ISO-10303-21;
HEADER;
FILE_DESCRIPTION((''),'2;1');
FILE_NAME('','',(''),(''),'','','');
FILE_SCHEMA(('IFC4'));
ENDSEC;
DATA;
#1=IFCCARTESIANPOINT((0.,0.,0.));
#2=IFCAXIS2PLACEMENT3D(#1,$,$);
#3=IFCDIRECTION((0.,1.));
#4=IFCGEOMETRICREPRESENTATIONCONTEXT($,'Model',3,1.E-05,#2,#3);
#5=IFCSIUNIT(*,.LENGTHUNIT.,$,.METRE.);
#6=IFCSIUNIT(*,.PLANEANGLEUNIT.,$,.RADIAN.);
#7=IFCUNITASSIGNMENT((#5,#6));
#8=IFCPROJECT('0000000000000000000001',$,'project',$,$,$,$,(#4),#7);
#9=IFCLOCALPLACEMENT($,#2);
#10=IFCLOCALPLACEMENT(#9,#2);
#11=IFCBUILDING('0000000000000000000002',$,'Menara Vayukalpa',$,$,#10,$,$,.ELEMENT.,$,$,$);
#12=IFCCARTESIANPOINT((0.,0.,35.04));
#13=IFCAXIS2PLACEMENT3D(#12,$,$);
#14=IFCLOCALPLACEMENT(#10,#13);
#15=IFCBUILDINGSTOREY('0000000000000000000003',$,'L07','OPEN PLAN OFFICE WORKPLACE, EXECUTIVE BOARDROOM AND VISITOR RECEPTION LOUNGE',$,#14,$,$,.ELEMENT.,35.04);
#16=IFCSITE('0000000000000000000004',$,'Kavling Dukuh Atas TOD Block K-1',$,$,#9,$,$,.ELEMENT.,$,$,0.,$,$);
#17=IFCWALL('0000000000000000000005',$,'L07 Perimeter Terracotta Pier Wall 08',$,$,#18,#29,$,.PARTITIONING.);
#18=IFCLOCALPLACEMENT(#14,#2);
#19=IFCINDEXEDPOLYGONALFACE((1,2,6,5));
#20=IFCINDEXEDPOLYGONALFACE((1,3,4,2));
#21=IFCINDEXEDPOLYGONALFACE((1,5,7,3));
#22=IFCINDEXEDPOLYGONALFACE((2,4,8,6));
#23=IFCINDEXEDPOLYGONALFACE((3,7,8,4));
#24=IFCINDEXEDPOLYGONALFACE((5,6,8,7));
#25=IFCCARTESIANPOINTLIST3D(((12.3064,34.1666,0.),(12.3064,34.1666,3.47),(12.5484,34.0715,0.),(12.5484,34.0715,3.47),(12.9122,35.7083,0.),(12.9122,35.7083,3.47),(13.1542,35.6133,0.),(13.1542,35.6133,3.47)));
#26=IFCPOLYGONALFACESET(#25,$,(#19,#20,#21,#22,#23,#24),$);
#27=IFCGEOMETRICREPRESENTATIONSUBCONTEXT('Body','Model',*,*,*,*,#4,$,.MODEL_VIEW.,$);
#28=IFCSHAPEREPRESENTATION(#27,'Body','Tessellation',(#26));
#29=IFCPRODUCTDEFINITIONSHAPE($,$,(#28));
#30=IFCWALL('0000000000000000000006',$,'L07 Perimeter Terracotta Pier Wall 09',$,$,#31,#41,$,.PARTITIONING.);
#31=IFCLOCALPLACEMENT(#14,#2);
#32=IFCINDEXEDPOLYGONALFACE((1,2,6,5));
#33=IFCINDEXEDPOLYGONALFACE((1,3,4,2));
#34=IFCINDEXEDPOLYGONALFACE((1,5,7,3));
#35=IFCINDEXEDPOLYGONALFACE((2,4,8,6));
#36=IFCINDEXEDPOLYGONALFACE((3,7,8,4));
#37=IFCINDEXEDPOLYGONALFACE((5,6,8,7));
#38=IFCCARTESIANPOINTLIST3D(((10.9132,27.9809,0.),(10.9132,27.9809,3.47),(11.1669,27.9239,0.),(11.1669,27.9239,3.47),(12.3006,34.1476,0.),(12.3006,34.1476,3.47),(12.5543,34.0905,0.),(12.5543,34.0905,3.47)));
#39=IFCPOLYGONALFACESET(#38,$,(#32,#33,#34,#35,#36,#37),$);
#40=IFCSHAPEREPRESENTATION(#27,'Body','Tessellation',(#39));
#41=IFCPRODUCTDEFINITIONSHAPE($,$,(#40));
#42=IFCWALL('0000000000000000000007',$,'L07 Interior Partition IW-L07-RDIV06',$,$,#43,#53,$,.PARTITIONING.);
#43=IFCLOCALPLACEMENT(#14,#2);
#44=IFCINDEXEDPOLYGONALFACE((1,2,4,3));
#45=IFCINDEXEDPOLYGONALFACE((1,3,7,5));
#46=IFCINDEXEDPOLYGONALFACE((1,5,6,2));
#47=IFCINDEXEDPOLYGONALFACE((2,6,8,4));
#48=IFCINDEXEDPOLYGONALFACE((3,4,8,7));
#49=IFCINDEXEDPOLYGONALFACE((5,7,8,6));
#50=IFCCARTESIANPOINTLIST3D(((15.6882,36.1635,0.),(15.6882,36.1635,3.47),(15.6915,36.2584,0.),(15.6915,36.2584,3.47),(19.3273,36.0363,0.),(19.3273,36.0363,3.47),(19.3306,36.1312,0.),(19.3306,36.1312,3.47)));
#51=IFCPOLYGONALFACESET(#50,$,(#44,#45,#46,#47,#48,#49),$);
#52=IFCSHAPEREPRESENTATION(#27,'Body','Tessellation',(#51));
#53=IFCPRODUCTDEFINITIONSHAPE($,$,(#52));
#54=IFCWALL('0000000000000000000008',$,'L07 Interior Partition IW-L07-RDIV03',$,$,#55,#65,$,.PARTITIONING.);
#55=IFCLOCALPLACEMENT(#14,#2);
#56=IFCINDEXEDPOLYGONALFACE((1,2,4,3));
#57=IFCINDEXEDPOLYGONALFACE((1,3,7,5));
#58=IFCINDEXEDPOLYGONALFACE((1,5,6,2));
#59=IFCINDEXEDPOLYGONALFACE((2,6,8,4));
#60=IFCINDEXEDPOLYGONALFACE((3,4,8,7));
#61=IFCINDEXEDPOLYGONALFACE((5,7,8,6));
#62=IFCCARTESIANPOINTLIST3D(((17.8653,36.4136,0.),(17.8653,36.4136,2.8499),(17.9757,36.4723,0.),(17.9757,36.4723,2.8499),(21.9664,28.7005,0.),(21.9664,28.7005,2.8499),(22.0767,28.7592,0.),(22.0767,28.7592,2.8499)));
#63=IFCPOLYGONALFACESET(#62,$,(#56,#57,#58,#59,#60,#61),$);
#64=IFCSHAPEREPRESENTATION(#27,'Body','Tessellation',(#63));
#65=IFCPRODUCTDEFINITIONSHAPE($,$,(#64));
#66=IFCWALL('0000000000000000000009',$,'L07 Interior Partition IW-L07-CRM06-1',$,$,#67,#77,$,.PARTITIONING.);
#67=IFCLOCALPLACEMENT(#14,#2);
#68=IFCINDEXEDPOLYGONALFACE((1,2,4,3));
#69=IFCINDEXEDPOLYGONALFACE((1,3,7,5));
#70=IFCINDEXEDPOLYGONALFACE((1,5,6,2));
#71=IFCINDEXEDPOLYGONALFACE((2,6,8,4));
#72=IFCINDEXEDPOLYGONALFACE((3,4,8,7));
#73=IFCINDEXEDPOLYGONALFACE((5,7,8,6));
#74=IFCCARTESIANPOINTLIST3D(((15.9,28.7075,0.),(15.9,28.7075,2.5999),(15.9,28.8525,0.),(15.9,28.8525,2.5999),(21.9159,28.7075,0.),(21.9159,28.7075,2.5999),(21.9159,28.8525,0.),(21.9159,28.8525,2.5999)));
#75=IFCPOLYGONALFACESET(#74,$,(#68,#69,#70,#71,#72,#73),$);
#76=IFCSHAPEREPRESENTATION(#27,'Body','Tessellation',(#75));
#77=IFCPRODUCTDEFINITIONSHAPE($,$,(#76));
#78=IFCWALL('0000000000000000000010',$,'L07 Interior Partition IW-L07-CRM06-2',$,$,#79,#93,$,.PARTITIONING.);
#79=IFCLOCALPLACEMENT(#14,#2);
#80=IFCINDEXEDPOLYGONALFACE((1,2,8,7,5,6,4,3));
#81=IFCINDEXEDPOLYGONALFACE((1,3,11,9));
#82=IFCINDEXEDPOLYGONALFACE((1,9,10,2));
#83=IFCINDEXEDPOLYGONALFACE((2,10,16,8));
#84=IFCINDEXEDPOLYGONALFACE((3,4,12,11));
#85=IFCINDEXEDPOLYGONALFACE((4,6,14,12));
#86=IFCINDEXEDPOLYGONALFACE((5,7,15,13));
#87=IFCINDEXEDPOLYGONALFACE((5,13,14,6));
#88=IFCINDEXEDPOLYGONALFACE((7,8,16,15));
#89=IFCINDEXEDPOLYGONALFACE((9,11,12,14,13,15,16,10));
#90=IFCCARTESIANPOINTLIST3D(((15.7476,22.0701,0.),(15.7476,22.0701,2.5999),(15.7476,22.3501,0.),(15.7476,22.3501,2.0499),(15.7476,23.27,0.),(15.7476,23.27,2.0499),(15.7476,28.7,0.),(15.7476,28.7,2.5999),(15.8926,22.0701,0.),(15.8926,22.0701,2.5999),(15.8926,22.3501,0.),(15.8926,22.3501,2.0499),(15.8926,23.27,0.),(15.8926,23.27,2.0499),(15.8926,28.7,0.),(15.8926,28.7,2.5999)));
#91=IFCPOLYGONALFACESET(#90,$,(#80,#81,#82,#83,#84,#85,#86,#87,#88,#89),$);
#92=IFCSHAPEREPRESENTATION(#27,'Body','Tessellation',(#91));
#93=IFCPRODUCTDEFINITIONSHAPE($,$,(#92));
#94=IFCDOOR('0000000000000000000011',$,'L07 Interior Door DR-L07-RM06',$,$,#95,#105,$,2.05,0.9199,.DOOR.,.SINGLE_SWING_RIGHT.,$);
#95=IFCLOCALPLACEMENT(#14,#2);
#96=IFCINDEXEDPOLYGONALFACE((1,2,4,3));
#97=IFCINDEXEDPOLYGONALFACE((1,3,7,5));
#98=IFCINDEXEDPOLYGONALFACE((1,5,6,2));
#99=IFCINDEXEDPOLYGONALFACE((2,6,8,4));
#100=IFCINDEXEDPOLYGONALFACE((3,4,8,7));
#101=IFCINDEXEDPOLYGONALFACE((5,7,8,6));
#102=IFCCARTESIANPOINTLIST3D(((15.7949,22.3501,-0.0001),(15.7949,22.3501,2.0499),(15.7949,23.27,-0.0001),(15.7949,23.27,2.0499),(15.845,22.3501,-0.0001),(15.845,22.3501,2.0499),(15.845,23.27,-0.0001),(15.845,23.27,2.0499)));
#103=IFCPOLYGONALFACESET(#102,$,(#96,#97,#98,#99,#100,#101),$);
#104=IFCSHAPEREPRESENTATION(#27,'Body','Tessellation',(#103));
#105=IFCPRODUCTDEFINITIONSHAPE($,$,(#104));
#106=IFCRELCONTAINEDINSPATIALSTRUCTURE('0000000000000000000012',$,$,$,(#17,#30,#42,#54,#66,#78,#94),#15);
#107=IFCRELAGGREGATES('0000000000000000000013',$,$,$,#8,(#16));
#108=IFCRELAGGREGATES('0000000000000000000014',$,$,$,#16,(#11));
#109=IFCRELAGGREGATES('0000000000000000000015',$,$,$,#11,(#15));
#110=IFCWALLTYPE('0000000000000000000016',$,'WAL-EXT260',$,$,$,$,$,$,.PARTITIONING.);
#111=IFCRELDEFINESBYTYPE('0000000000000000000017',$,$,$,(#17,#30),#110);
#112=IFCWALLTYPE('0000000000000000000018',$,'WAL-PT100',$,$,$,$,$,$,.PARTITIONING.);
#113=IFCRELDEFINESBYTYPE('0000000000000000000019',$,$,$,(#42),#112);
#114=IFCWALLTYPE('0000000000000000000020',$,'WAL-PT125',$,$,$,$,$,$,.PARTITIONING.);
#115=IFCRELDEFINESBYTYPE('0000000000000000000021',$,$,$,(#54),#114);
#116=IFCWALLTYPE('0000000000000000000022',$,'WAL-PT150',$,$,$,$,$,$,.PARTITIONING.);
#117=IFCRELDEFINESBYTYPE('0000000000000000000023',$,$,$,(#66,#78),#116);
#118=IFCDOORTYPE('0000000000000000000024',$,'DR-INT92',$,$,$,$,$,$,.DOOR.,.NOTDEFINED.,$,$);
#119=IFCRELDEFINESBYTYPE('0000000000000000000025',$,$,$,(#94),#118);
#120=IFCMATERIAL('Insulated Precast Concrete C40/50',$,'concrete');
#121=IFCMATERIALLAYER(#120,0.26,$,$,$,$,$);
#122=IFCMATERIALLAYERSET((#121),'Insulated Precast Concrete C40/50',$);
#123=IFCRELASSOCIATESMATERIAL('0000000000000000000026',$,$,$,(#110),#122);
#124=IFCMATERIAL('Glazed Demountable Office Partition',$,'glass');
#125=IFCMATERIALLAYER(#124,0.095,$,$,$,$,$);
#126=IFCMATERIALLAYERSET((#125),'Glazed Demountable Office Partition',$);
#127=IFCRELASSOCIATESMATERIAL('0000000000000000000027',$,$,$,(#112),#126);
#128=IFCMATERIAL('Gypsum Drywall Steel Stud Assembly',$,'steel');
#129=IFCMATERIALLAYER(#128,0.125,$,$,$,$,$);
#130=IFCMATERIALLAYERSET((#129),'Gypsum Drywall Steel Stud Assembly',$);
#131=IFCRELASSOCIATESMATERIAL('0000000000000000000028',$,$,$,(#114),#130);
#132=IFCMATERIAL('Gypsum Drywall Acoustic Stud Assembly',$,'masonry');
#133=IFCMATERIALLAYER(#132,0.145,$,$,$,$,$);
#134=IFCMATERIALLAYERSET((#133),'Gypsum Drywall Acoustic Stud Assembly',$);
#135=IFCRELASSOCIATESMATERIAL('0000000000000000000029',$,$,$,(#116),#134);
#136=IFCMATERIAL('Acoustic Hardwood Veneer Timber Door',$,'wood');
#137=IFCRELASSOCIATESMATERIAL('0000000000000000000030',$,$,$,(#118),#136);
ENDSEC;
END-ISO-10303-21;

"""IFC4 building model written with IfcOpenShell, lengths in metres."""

from ifc_helpers import new_model, si_unit, direction, frame, frame_2d, origin, place, context, subcontext, project, spatial, rectangle, extrude, material, layer, layer_set, type_object, element, fill, save


model = new_model("IFC4")

# Units and contexts
model_context = context("Model", 3, precision=1e-05, world=origin(), true_north=direction((0.0, 1.0)))
body_context = subcontext(model_context, "Body", "Model", "MODEL_VIEW")
ifc_project = project(units=[si_unit("LENGTHUNIT", "METRE"), si_unit("PLANEANGLEUNIT", "RADIAN")], contexts=[model_context])

# Site, building, storey
site_placement = place(None, origin())
site = spatial("IfcSite", under=ifc_project, at=site_placement, Name="Kavling Dukuh Atas TOD Block K-1", CompositionType="ELEMENT", RefElevation=0.0)
building_placement = place(site_placement, origin())
building = spatial("IfcBuilding", under=site, at=building_placement, Name="Menara Vayukalpa", CompositionType="ELEMENT")
storey_placement = place(building_placement, frame((0.0, 0.0, 35.04)))
storey = spatial("IfcBuildingStorey", under=building, at=storey_placement, Name="L07", Description="OPEN PLAN OFFICE WORKPLACE, EXECUTIVE BOARDROOM AND VISITOR RECEPTION LOUNGE", CompositionType="ELEMENT", Elevation=35.04)

# Walls
ifc_material_1 = material(Name="Insulated Precast Concrete C40/50", Category="concrete")
ifc_layer_1 = layer(ifc_material_1, 0.26)
ifc_layer_set_1 = layer_set([ifc_layer_1], Name="Insulated Precast Concrete C40/50")
wall_type_1 = type_object("IfcWallType", Name="WAL-EXT260", PredefinedType="PARTITIONING", material=ifc_layer_set_1)
wall_1_placement = place(storey_placement, frame((12.4275, 34.1191, 0.0), z_axis=(0.0, 0.0, 1.0), x_axis=(0.365666, 0.930746, 0.0)))
element("IfcWall", 1, at=wall_1_placement, inside=storey, type_object=wall_type_1, Name="L07 Perimeter Terracotta Pier Wall 08", PredefinedType="PARTITIONING", context=body_context, shape_type="SweptSolid", body=[
    extrude(rectangle(XDim=1.6565, YDim=0.26, at=frame_2d((0.8281, 0.0))), origin(), (0.0, 0.0, 1.0), 3.47),
])
wall_2_placement = place(storey_placement, frame((11.04, 27.9524, 0.0), z_axis=(0.0, 0.0, 1.0), x_axis=(0.219502, 0.975612, 0.0)))
element("IfcWall", 2, at=wall_2_placement, inside=storey, type_object=wall_type_1, Name="L07 Perimeter Terracotta Pier Wall 09", PredefinedType="PARTITIONING", context=body_context, shape_type="SweptSolid", body=[
    extrude(rectangle(XDim=6.3208, YDim=0.26, at=frame_2d((3.1604, 0.0))), origin(), (0.0, 0.0, 1.0), 3.47),
])
ifc_material_2 = material(Name="Glazed Demountable Office Partition", Category="glass")
ifc_layer_2 = layer(ifc_material_2, 0.095)
ifc_layer_set_2 = layer_set([ifc_layer_2], Name="Glazed Demountable Office Partition")
wall_type_2 = type_object("IfcWallType", Name="WAL-PT100", PredefinedType="PARTITIONING", material=ifc_layer_set_2)
wall_3_placement = place(storey_placement, frame((19.3291, 36.0837, 0.0), z_axis=(0.0, 0.0, 1.0), x_axis=(-0.99939, 0.034931, 0.0)))
element("IfcWall", 3, at=wall_3_placement, inside=storey, type_object=wall_type_2, Name="L07 Interior Partition IW-L07-RDIV06", PredefinedType="PARTITIONING", context=body_context, shape_type="SweptSolid", body=[
    extrude(rectangle(XDim=3.6414, YDim=0.095, at=frame_2d((1.8208, 0.0))), origin(), (0.0, 0.0, 1.0), 3.47),
])
ifc_material_3 = material(Name="Gypsum Drywall Steel Stud Assembly", Category="steel")
ifc_layer_3 = layer(ifc_material_3, 0.125)
ifc_layer_set_3 = layer_set([ifc_layer_3], Name="Gypsum Drywall Steel Stud Assembly")
wall_type_3 = type_object("IfcWallType", Name="WAL-PT125", PredefinedType="PARTITIONING", material=ifc_layer_set_3)
wall_4_placement = place(storey_placement, frame((22.0215, 28.73, 0.0), z_axis=(0.0, 0.0, 1.0), x_axis=(-0.469465, 0.882951, 0.0)))
element("IfcWall", 4, at=wall_4_placement, inside=storey, type_object=wall_type_3, Name="L07 Interior Partition IW-L07-RDIV03", PredefinedType="PARTITIONING", context=body_context, shape_type="SweptSolid", body=[
    extrude(rectangle(XDim=8.7356, YDim=0.125, at=frame_2d((4.3677, 0.0))), origin(), (0.0, 0.0, 1.0), 2.8499),
])
ifc_material_4 = material(Name="Gypsum Drywall Acoustic Stud Assembly", Category="masonry")
ifc_layer_4 = layer(ifc_material_4, 0.145)
ifc_layer_set_4 = layer_set([ifc_layer_4], Name="Gypsum Drywall Acoustic Stud Assembly")
wall_type_4 = type_object("IfcWallType", Name="WAL-PT150", PredefinedType="PARTITIONING", material=ifc_layer_set_4)
wall_5_placement = place(storey_placement, frame((21.9158, 28.78, 0.0), z_axis=(0.0, 0.0, 1.0), x_axis=(-1.0, 0.0, 0.0)))
element("IfcWall", 5, at=wall_5_placement, inside=storey, type_object=wall_type_4, Name="L07 Interior Partition IW-L07-CRM06-1", PredefinedType="PARTITIONING", context=body_context, shape_type="SweptSolid", body=[
    extrude(rectangle(XDim=6.0159, YDim=0.145, at=frame_2d((3.0078, 0.0))), origin(), (0.0, 0.0, 1.0), 2.5999),
])

# Wall, opening, door
wall_6_placement = place(storey_placement, frame((15.8201, 28.7, 0.0), z_axis=(0.0, 0.0, 1.0), x_axis=(0.0, -1.0, 0.0)))
wall_6 = element("IfcWall", 6, at=wall_6_placement, inside=storey, type_object=wall_type_4, Name="L07 Interior Partition IW-L07-CRM06-2", PredefinedType="PARTITIONING", context=body_context, shape_type="SweptSolid", body=[
    extrude(rectangle(XDim=6.6299, YDim=0.145, at=frame_2d((3.3149, 0.0))), origin(), (0.0, 0.0, 1.0), 2.5999),
])
opening_placement = place(wall_6_placement, frame((5.4299, 0.0, 0.0)))
opening = element("IfcOpeningElement", 7, at=opening_placement, cuts=wall_6, PredefinedType="OPENING", context=body_context, shape_type="SweptSolid", body=[
    extrude(rectangle(XDim=0.9199, YDim=2.05, at=frame_2d((0.46, 1.0249))), frame((0.0, 0.0825, 0.0), z_axis=(0.0, -1.0, 0.0), x_axis=(1.0, 0.0, 0.0)), (0.0, 0.0, 1.0), 0.165),
])
ifc_material_5 = material(Name="Acoustic Hardwood Veneer Timber Door", Category="wood")
door_type = type_object("IfcDoorType", Name="DR-INT92", OperationType="NOTDEFINED", PredefinedType="DOOR", material=ifc_material_5)
door_placement = place(opening_placement, origin())
door = element("IfcDoor", 8, at=door_placement, inside=storey, type_object=door_type, Name="L07 Interior Door DR-L07-RM06", OperationType="SINGLE_SWING_RIGHT", OverallHeight=2.05, OverallWidth=0.9199, PredefinedType="DOOR", context=body_context, shape_type="SweptSolid", body=[
    extrude(rectangle(XDim=0.9199, YDim=2.05, at=frame_2d((0.46, 1.0249))), frame((0.0, 0.0249, 0.0), z_axis=(0.0, -1.0, 0.0), x_axis=(1.0, 0.0, 0.0)), (0.0, 0.0, 1.0), 0.05),
])
fill(opening, door)

save(model, "model.ifc")
